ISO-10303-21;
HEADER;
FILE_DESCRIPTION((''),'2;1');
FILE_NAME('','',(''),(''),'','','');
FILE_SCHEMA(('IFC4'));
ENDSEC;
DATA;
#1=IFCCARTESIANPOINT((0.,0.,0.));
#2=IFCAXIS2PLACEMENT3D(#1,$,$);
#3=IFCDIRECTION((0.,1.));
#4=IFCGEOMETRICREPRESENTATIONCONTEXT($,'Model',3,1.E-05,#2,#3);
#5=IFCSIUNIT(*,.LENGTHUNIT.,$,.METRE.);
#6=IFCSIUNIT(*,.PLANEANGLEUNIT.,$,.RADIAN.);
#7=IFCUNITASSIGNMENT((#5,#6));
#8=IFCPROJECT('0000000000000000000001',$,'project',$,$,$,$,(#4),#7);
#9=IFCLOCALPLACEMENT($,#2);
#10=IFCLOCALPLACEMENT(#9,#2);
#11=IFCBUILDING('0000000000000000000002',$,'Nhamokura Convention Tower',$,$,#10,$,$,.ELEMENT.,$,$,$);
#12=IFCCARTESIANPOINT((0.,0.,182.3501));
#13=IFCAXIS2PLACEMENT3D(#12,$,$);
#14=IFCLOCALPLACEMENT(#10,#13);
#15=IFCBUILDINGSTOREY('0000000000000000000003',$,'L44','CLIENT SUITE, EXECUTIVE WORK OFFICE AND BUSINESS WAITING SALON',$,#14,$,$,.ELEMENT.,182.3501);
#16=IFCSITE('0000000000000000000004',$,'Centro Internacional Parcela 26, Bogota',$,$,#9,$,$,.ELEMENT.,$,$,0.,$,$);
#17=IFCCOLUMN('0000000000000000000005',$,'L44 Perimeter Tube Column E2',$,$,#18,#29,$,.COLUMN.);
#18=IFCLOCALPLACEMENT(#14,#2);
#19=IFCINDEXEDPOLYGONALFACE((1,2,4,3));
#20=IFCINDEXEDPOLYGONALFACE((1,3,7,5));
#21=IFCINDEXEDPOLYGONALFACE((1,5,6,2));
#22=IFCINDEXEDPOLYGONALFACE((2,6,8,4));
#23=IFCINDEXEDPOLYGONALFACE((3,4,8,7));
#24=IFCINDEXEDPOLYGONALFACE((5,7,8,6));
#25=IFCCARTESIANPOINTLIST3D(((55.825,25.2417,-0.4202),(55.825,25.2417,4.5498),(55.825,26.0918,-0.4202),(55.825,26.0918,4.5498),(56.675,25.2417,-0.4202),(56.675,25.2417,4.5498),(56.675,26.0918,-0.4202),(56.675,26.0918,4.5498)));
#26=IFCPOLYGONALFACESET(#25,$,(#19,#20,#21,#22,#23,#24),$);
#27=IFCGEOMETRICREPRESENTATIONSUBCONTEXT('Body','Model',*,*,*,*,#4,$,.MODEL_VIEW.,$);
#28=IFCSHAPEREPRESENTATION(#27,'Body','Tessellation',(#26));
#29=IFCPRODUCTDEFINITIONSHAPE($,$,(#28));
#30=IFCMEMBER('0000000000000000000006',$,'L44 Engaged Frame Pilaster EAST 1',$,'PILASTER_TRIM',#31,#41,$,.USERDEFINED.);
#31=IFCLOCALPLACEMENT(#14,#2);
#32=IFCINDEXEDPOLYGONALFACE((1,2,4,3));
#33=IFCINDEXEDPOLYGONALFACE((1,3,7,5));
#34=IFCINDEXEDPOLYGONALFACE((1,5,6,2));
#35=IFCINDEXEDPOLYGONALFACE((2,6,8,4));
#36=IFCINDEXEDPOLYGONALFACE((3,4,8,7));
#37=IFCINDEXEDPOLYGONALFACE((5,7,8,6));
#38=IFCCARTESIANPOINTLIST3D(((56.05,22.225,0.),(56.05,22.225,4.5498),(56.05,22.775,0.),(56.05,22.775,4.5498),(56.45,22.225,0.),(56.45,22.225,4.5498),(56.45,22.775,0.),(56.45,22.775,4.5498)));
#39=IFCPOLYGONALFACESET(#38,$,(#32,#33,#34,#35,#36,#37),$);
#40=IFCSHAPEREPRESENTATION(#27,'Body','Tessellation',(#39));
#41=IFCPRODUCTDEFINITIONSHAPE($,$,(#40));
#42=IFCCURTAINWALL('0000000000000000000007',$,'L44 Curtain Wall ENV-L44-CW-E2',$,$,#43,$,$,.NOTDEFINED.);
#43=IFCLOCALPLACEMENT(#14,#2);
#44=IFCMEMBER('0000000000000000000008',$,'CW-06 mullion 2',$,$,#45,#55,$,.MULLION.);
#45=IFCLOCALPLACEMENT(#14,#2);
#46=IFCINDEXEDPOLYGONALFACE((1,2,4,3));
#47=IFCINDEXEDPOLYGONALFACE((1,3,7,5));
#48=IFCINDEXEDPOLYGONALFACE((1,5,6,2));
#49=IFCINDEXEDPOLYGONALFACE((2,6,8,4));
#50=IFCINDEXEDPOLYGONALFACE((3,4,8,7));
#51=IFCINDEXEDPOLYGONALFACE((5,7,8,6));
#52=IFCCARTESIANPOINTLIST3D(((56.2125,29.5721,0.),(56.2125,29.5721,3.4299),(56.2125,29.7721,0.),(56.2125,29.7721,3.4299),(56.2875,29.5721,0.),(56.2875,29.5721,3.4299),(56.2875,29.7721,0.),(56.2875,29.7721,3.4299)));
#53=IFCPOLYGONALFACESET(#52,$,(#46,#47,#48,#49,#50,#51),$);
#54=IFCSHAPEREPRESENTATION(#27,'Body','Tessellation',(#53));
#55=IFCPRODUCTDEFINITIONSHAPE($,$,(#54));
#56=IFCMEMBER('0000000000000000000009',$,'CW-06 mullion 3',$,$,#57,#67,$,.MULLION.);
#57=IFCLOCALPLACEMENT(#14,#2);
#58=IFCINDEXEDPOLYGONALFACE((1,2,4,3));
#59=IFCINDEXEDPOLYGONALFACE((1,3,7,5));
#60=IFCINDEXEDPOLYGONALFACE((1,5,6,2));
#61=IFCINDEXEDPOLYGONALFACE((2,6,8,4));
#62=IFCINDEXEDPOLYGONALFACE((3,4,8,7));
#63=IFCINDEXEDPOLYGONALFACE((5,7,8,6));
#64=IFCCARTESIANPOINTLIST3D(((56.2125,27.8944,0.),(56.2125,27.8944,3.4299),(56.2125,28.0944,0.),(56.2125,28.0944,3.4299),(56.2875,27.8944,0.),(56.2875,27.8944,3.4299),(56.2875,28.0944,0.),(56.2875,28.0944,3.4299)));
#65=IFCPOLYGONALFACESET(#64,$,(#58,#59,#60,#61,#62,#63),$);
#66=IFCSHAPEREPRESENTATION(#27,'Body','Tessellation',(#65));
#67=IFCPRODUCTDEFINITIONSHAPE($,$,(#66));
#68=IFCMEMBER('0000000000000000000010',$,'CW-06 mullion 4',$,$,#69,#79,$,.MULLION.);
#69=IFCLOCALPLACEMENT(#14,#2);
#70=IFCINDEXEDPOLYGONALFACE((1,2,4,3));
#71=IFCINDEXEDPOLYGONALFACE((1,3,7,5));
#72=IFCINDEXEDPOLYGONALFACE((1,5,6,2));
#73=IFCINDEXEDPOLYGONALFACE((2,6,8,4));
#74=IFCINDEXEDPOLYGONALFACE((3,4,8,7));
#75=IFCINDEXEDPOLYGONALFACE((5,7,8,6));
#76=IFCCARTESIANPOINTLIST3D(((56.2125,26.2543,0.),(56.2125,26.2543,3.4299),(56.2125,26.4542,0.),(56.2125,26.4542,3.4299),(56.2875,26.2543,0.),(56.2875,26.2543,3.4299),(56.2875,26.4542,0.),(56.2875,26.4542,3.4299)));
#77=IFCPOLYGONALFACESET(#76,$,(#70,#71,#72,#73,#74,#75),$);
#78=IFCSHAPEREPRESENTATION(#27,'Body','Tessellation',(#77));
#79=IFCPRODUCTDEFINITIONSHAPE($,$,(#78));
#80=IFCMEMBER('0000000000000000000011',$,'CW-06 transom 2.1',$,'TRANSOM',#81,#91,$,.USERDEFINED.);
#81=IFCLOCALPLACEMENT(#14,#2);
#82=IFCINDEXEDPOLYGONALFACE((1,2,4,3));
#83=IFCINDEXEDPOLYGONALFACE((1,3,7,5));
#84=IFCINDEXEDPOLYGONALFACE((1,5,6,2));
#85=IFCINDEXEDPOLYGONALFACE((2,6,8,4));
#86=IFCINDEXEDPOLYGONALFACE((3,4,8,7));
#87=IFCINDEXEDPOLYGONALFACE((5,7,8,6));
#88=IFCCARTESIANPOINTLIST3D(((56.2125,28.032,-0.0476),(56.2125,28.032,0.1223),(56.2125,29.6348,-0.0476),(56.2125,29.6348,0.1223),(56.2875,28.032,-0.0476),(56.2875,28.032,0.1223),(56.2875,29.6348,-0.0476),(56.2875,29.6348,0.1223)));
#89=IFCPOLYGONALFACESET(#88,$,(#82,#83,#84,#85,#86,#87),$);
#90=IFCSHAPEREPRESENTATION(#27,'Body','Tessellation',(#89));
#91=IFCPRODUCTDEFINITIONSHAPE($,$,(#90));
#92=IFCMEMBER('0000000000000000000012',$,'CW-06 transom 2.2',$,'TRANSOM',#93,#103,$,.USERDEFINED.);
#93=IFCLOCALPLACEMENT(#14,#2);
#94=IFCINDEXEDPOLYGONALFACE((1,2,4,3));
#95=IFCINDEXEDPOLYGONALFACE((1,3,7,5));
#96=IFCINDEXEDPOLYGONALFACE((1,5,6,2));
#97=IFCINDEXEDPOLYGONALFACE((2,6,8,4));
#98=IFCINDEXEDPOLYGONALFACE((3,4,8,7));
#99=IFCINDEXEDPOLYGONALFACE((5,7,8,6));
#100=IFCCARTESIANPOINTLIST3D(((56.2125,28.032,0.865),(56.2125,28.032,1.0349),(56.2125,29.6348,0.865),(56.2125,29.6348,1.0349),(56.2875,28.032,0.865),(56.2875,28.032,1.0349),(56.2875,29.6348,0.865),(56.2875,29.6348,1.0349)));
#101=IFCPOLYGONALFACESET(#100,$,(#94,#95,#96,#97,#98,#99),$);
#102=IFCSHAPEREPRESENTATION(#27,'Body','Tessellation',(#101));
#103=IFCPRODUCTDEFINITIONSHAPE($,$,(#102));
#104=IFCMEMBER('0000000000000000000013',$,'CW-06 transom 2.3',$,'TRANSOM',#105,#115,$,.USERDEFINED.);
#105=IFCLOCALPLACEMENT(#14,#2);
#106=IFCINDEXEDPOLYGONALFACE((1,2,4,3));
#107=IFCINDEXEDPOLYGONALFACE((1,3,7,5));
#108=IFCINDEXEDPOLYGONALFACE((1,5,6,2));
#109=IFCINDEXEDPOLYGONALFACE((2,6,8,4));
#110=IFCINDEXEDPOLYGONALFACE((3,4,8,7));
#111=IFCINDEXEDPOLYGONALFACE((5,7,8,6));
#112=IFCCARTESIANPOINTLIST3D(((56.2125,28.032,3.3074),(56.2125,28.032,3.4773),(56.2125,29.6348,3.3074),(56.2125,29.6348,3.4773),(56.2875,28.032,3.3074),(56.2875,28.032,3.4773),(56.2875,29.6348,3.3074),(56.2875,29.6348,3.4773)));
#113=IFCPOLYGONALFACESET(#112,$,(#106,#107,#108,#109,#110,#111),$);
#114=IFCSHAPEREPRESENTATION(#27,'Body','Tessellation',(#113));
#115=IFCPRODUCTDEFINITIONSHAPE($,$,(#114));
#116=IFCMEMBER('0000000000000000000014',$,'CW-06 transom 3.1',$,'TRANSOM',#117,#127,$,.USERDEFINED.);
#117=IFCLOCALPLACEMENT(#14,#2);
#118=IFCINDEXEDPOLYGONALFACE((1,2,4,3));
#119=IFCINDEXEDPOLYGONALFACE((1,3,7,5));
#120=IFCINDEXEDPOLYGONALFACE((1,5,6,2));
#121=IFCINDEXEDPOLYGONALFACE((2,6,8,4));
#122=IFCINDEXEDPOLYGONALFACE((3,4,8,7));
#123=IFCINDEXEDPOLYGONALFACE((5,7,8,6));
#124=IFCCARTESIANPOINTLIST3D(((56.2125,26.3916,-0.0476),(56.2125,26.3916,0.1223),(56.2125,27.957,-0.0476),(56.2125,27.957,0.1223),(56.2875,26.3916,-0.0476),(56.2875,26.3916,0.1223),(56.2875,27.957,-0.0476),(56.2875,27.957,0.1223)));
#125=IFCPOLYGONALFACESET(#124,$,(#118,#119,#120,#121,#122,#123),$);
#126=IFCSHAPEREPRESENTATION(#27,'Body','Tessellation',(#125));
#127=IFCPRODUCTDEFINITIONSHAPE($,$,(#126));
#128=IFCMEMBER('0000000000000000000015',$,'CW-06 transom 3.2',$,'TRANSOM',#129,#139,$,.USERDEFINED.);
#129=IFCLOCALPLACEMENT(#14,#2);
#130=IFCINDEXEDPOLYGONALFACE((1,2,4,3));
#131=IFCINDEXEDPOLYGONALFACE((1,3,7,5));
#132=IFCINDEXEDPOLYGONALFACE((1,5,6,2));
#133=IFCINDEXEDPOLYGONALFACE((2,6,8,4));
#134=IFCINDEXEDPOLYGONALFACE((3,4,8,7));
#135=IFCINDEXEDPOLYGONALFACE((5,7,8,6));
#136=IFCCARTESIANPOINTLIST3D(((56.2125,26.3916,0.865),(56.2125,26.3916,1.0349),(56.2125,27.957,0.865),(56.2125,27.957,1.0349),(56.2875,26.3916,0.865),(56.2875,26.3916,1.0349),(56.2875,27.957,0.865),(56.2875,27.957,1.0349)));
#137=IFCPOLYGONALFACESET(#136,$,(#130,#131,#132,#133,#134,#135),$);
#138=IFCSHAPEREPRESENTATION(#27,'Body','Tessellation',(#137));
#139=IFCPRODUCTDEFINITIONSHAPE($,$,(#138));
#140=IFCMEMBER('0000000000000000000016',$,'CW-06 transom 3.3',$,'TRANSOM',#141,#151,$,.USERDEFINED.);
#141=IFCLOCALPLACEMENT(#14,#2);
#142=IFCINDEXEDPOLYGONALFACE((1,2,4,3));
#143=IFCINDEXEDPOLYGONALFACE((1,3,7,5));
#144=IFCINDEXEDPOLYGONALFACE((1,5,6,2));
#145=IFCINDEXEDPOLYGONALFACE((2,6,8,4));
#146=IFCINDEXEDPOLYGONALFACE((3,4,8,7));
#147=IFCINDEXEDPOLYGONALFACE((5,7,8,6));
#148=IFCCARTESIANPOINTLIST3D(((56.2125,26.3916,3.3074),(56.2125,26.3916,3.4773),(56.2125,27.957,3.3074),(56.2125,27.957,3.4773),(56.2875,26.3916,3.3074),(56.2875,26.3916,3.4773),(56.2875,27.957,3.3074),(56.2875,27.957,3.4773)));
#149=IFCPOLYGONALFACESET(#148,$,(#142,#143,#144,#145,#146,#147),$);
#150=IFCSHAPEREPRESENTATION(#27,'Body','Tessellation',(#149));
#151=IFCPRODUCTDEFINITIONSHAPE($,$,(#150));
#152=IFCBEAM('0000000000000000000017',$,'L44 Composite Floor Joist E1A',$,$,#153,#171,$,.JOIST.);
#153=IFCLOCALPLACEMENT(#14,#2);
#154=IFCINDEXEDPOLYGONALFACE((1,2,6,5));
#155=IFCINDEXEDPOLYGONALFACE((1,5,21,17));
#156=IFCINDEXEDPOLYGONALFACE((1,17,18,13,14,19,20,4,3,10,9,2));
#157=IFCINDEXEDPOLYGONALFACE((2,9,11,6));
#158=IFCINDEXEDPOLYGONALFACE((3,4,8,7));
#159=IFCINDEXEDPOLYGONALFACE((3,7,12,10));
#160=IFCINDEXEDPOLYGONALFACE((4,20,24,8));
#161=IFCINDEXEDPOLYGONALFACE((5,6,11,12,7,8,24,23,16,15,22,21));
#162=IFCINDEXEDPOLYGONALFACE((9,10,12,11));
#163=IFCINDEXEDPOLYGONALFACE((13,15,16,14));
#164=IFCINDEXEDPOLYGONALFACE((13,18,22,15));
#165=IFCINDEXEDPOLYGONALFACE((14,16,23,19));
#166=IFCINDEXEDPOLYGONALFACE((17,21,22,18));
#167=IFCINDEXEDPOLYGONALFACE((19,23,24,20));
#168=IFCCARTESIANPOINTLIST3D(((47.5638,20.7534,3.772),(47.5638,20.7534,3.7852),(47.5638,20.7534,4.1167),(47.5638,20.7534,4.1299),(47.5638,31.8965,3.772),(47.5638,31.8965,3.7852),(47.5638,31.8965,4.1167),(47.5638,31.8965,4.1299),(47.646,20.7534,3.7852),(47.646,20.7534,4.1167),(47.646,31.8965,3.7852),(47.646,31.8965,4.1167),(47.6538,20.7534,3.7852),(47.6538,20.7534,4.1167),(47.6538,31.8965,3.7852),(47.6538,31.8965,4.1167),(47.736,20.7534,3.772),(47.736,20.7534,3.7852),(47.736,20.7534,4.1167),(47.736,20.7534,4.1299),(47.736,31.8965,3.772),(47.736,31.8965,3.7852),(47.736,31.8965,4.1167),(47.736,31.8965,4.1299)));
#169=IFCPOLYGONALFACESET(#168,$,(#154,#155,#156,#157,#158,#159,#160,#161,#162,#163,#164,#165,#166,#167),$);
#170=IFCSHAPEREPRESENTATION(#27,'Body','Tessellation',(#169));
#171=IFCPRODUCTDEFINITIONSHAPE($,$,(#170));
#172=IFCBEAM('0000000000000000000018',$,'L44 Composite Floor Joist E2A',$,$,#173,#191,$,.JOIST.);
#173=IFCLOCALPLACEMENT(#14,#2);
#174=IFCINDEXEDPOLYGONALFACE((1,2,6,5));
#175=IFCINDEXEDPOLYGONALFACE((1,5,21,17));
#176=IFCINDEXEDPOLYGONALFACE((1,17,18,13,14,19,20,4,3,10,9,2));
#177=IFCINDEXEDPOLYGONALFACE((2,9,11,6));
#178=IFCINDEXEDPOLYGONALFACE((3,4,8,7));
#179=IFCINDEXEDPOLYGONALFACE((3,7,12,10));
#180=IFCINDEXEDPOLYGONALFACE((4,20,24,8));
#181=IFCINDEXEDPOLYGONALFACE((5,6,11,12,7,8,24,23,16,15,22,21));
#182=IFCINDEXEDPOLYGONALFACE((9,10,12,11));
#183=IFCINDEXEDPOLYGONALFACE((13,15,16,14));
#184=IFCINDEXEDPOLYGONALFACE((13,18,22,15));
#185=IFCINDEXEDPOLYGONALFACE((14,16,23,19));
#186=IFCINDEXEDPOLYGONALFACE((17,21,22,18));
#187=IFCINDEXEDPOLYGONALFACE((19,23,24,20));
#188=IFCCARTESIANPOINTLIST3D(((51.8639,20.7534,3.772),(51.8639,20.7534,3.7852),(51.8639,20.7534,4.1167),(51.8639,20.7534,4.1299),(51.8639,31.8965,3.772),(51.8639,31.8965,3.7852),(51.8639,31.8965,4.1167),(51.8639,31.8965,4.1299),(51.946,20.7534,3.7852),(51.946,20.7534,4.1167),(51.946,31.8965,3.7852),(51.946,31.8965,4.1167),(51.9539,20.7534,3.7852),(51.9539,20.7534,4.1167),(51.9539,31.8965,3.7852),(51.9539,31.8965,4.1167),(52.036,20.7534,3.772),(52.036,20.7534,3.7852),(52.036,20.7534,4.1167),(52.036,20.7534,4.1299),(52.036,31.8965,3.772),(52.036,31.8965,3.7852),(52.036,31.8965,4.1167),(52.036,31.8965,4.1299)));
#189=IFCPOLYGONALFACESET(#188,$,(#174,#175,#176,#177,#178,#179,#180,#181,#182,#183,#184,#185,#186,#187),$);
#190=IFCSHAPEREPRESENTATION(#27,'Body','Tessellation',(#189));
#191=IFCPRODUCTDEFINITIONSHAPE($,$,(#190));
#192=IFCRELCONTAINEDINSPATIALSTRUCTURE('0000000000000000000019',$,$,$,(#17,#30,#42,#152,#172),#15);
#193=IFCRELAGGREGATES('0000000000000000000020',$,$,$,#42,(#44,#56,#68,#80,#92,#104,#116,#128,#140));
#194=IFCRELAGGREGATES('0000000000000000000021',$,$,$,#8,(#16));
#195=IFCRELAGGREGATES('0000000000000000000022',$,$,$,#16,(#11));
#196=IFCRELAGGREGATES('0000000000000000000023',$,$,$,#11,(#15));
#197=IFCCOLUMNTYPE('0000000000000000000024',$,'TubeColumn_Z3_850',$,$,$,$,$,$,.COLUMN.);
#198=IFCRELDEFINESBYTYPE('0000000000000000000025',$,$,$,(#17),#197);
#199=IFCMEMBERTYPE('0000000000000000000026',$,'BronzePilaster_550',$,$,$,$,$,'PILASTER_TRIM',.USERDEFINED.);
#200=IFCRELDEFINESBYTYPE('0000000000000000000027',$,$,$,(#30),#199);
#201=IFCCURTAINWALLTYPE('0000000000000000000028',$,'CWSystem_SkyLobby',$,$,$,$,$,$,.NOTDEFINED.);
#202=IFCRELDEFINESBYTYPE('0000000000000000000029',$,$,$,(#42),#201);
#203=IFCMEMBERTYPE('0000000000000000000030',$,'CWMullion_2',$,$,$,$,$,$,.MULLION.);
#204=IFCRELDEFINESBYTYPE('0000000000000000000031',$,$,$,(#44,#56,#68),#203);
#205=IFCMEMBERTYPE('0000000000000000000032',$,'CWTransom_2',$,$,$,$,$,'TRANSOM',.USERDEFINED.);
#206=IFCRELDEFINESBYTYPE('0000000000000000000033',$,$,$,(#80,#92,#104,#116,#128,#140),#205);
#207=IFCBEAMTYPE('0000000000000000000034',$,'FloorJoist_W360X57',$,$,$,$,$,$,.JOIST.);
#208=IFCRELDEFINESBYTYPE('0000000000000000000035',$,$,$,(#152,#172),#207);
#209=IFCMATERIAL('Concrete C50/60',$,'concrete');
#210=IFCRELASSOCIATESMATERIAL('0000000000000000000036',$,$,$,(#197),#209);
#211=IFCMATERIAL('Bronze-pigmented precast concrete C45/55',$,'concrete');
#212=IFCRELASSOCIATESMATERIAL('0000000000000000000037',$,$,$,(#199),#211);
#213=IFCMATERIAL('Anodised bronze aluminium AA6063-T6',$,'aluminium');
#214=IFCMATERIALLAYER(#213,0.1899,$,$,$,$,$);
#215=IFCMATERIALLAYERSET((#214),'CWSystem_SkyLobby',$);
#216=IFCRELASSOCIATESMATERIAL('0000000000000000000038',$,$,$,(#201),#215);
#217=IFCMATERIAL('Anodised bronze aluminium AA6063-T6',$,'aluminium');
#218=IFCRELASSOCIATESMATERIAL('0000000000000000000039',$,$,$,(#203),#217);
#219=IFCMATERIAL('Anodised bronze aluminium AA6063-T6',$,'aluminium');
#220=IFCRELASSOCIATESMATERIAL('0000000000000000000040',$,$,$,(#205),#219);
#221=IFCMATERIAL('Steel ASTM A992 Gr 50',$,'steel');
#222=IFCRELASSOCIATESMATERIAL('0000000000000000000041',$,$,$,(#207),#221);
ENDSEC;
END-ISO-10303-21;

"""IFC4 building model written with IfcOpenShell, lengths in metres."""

from ifc_helpers import new_model, si_unit, direction, frame, origin, origin_2d, place, context, subcontext, project, spatial, rectangle, i_section, extrude, material, layer, layer_set, material_profile, profile_set, type_object, element, aggregate, save


model = new_model("IFC4")

# Units and contexts
model_context = context("Model", 3, precision=1e-05, world=origin(), true_north=direction((0.0, 1.0)))
body_context = subcontext(model_context, "Body", "Model", "MODEL_VIEW")
ifc_project = project(units=[si_unit("LENGTHUNIT", "METRE"), si_unit("PLANEANGLEUNIT", "RADIAN")], contexts=[model_context])

# Site, building, storey
site_placement = place(None, origin())
site = spatial("IfcSite", under=ifc_project, at=site_placement, Name="Centro Internacional Parcela 26, Bogota", CompositionType="ELEMENT", RefElevation=0.0)
building_placement = place(site_placement, origin())
building = spatial("IfcBuilding", under=site, at=building_placement, Name="Nhamokura Convention Tower", CompositionType="ELEMENT")
storey_placement = place(building_placement, frame((0.0, 0.0, 182.3501)))
storey = spatial("IfcBuildingStorey", under=building, at=storey_placement, Name="L44", Description="CLIENT SUITE, EXECUTIVE WORK OFFICE AND BUSINESS WAITING SALON", CompositionType="ELEMENT", Elevation=182.3501)

# Column
ifc_material_1 = material(Name="Concrete C50/60", Category="concrete")
ifc_material_profile_1 = material_profile(ifc_material_1, rectangle(XDim=0.8501, YDim=0.8501, at=origin_2d()))
ifc_profile_set_1 = profile_set([ifc_material_profile_1], Name="Concrete C50/60")
column_type = type_object("IfcColumnType", Name="TubeColumn_Z3_850", PredefinedType="COLUMN", material=ifc_profile_set_1)
column_placement = place(storey_placement, frame((56.25, 25.6667, -0.4202), z_axis=(0.0, 0.0, 1.0), x_axis=(1.0, 0.0, 0.0)))
element("IfcColumn", 1, at=column_placement, inside=storey, type_object=column_type, Name="L44 Perimeter Tube Column E2", PredefinedType="COLUMN", context=body_context, shape_type="SweptSolid", body=[
    extrude(rectangle(XDim=0.8501, YDim=0.8501, at=origin_2d()), origin(), (0.0, 0.0, 1.0), 4.97),
])

# Member
ifc_material_2 = material(Name="Bronze-pigmented precast concrete C45/55", Category="concrete")
ifc_material_profile_2 = material_profile(ifc_material_2, rectangle(XDim=0.3999, YDim=0.55, at=origin_2d()))
ifc_profile_set_2 = profile_set([ifc_material_profile_2], Name="Bronze-pigmented precast concrete C45/55")
member_type_1 = type_object("IfcMemberType", Name="BronzePilaster_550", ElementType="PILASTER_TRIM", PredefinedType="USERDEFINED", material=ifc_profile_set_2)
member_1_placement = place(storey_placement, frame((56.25, 22.5, 0.0), z_axis=(0.0, 0.0, 1.0), x_axis=(1.0, 0.0, 0.0)))
element("IfcMember", 2, at=member_1_placement, inside=storey, type_object=member_type_1, Name="L44 Engaged Frame Pilaster EAST 1", ObjectType="PILASTER_TRIM", PredefinedType="USERDEFINED", context=body_context, shape_type="SweptSolid", body=[
    extrude(rectangle(XDim=0.3999, YDim=0.55, at=origin_2d()), origin(), (0.0, 0.0, 1.0), 4.5498),
])

# Curtain wall, members
ifc_material_3 = material(Name="Anodised bronze aluminium AA6063-T6", Category="aluminium")
ifc_layer_1 = layer(ifc_material_3, 0.1899)
ifc_layer_set_1 = layer_set([ifc_layer_1], Name="CWSystem_SkyLobby")
curtain_wall_type = type_object("IfcCurtainWallType", Name="CWSystem_SkyLobby", PredefinedType="NOTDEFINED", material=ifc_layer_set_1)
curtain_wall_placement = place(storey_placement, origin())
curtain_wall = element("IfcCurtainWall", 3, at=curtain_wall_placement, inside=storey, type_object=curtain_wall_type, Name="L44 Curtain Wall ENV-L44-CW-E2", PredefinedType="NOTDEFINED")
ifc_material_4 = material(Name="Anodised bronze aluminium AA6063-T6", Category="aluminium")
ifc_material_profile_3 = material_profile(ifc_material_4, rectangle(XDim=0.075, YDim=0.2, at=origin_2d()))
ifc_profile_set_3 = profile_set([ifc_material_profile_3], Name="Anodised bronze aluminium AA6063-T6")
member_type_2 = type_object("IfcMemberType", Name="CWMullion_2", PredefinedType="MULLION", material=ifc_profile_set_3)
member_2_placement = place(storey_placement, frame((56.25, 29.6721, 0.0), z_axis=(0.0, 0.0, 1.0), x_axis=(1.0, 0.0, 0.0)))
member_2 = element("IfcMember", 4, at=member_2_placement, type_object=member_type_2, Name="CW-06 mullion 2", PredefinedType="MULLION", context=body_context, shape_type="SweptSolid", body=[
    extrude(rectangle(XDim=0.075, YDim=0.2, at=origin_2d()), origin(), (0.0, 0.0, 1.0), 3.4299),
])
member_3_placement = place(storey_placement, frame((56.25, 27.9944, 0.0), z_axis=(0.0, 0.0, 1.0), x_axis=(1.0, 0.0, 0.0)))
member_3 = element("IfcMember", 5, at=member_3_placement, type_object=member_type_2, Name="CW-06 mullion 3", PredefinedType="MULLION", context=body_context, shape_type="SweptSolid", body=[
    extrude(rectangle(XDim=0.075, YDim=0.2, at=origin_2d()), origin(), (0.0, 0.0, 1.0), 3.4299),
])
member_4_placement = place(storey_placement, frame((56.25, 26.3542, 0.0), z_axis=(0.0, 0.0, 1.0), x_axis=(1.0, 0.0, 0.0)))
member_4 = element("IfcMember", 6, at=member_4_placement, type_object=member_type_2, Name="CW-06 mullion 4", PredefinedType="MULLION", context=body_context, shape_type="SweptSolid", body=[
    extrude(rectangle(XDim=0.075, YDim=0.2, at=origin_2d()), origin(), (0.0, 0.0, 1.0), 3.4299),
])
ifc_material_5 = material(Name="Anodised bronze aluminium AA6063-T6", Category="aluminium")
ifc_material_profile_4 = material_profile(ifc_material_5, rectangle(XDim=0.075, YDim=0.1699, at=origin_2d()))
ifc_profile_set_4 = profile_set([ifc_material_profile_4], Name="Anodised bronze aluminium AA6063-T6")
member_type_3 = type_object("IfcMemberType", Name="CWTransom_2", ElementType="TRANSOM", PredefinedType="USERDEFINED", material=ifc_profile_set_4)
member_5_placement = place(storey_placement, frame((56.25, 29.6348, 0.0374), z_axis=(0.0, -1.0, 0.0), x_axis=(1.0, 0.0, 0.0)))
member_5 = element("IfcMember", 7, at=member_5_placement, type_object=member_type_3, Name="CW-06 transom 2.1", ObjectType="TRANSOM", PredefinedType="USERDEFINED", context=body_context, shape_type="SweptSolid", body=[
    extrude(rectangle(XDim=0.075, YDim=0.1699, at=origin_2d()), origin(), (0.0, 0.0, 1.0), 1.6028),
])
member_6_placement = place(storey_placement, frame((56.25, 29.6348, 0.95), z_axis=(0.0, -1.0, 0.0), x_axis=(1.0, 0.0, 0.0)))
member_6 = element("IfcMember", 8, at=member_6_placement, type_object=member_type_3, Name="CW-06 transom 2.2", ObjectType="TRANSOM", PredefinedType="USERDEFINED", context=body_context, shape_type="SweptSolid", body=[
    extrude(rectangle(XDim=0.075, YDim=0.1699, at=origin_2d()), origin(), (0.0, 0.0, 1.0), 1.6028),
])
member_7_placement = place(storey_placement, frame((56.25, 29.6348, 3.3923), z_axis=(0.0, -1.0, 0.0), x_axis=(1.0, 0.0, 0.0)))
member_7 = element("IfcMember", 9, at=member_7_placement, type_object=member_type_3, Name="CW-06 transom 2.3", ObjectType="TRANSOM", PredefinedType="USERDEFINED", context=body_context, shape_type="SweptSolid", body=[
    extrude(rectangle(XDim=0.075, YDim=0.1699, at=origin_2d()), origin(), (0.0, 0.0, 1.0), 1.6028),
])
member_8_placement = place(storey_placement, frame((56.25, 27.957, 0.0374), z_axis=(0.0, -1.0, 0.0), x_axis=(1.0, 0.0, 0.0)))
member_8 = element("IfcMember", 10, at=member_8_placement, type_object=member_type_3, Name="CW-06 transom 3.1", ObjectType="TRANSOM", PredefinedType="USERDEFINED", context=body_context, shape_type="SweptSolid", body=[
    extrude(rectangle(XDim=0.075, YDim=0.1699, at=origin_2d()), origin(), (0.0, 0.0, 1.0), 1.5654),
])
member_9_placement = place(storey_placement, frame((56.25, 27.957, 0.95), z_axis=(0.0, -1.0, 0.0), x_axis=(1.0, 0.0, 0.0)))
member_9 = element("IfcMember", 11, at=member_9_placement, type_object=member_type_3, Name="CW-06 transom 3.2", ObjectType="TRANSOM", PredefinedType="USERDEFINED", context=body_context, shape_type="SweptSolid", body=[
    extrude(rectangle(XDim=0.075, YDim=0.1699, at=origin_2d()), origin(), (0.0, 0.0, 1.0), 1.5654),
])
member_10_placement = place(storey_placement, frame((56.25, 27.957, 3.3923), z_axis=(0.0, -1.0, 0.0), x_axis=(1.0, 0.0, 0.0)))
member_10 = element("IfcMember", 12, at=member_10_placement, type_object=member_type_3, Name="CW-06 transom 3.3", ObjectType="TRANSOM", PredefinedType="USERDEFINED", context=body_context, shape_type="SweptSolid", body=[
    extrude(rectangle(XDim=0.075, YDim=0.1699, at=origin_2d()), origin(), (0.0, 0.0, 1.0), 1.5654),
])

# Beams
ifc_material_6 = material(Name="Steel ASTM A992 Gr 50", Category="steel")
ifc_material_profile_5 = material_profile(ifc_material_6, i_section(OverallWidth=0.1721, OverallDepth=0.3579, WebThickness=0.0078, FlangeThickness=0.0132, at=origin_2d()))
ifc_profile_set_5 = profile_set([ifc_material_profile_5], Name="Steel ASTM A992 Gr 50")
beam_type_1 = type_object("IfcBeamType", Name="FloorJoist_W360X57", PredefinedType="JOIST", material=ifc_profile_set_5)
for number, where, z_axis, x_axis, name in (
    (13, (47.6499, 20.7534, 3.9509), (0.0, 1.0, 0.0), (-1.0, 0.0, 0.0), "L44 Composite Floor Joist E1A"),
    (14, (51.95, 20.7534, 3.9509), (0.0, 1.0, 0.0), (-1.0, 0.0, 0.0), "L44 Composite Floor Joist E2A"),
):
    element("IfcBeam", number, at=place(storey_placement, frame(where, z_axis=z_axis, x_axis=x_axis)), inside=storey, type_object=beam_type_1, Name=name, PredefinedType="JOIST", context=body_context, shape_type="SweptSolid", body=[
        extrude(i_section(OverallWidth=0.1721, OverallDepth=0.3579, WebThickness=0.0078, FlangeThickness=0.0132, at=origin_2d()), origin(), (0.0, 0.0, 1.0), 11.1431),
    ])

aggregate(curtain_wall, [member_2, member_3, member_4, member_5, member_6, member_7, member_8, member_9, member_10])

save(model, "model.ifc")
